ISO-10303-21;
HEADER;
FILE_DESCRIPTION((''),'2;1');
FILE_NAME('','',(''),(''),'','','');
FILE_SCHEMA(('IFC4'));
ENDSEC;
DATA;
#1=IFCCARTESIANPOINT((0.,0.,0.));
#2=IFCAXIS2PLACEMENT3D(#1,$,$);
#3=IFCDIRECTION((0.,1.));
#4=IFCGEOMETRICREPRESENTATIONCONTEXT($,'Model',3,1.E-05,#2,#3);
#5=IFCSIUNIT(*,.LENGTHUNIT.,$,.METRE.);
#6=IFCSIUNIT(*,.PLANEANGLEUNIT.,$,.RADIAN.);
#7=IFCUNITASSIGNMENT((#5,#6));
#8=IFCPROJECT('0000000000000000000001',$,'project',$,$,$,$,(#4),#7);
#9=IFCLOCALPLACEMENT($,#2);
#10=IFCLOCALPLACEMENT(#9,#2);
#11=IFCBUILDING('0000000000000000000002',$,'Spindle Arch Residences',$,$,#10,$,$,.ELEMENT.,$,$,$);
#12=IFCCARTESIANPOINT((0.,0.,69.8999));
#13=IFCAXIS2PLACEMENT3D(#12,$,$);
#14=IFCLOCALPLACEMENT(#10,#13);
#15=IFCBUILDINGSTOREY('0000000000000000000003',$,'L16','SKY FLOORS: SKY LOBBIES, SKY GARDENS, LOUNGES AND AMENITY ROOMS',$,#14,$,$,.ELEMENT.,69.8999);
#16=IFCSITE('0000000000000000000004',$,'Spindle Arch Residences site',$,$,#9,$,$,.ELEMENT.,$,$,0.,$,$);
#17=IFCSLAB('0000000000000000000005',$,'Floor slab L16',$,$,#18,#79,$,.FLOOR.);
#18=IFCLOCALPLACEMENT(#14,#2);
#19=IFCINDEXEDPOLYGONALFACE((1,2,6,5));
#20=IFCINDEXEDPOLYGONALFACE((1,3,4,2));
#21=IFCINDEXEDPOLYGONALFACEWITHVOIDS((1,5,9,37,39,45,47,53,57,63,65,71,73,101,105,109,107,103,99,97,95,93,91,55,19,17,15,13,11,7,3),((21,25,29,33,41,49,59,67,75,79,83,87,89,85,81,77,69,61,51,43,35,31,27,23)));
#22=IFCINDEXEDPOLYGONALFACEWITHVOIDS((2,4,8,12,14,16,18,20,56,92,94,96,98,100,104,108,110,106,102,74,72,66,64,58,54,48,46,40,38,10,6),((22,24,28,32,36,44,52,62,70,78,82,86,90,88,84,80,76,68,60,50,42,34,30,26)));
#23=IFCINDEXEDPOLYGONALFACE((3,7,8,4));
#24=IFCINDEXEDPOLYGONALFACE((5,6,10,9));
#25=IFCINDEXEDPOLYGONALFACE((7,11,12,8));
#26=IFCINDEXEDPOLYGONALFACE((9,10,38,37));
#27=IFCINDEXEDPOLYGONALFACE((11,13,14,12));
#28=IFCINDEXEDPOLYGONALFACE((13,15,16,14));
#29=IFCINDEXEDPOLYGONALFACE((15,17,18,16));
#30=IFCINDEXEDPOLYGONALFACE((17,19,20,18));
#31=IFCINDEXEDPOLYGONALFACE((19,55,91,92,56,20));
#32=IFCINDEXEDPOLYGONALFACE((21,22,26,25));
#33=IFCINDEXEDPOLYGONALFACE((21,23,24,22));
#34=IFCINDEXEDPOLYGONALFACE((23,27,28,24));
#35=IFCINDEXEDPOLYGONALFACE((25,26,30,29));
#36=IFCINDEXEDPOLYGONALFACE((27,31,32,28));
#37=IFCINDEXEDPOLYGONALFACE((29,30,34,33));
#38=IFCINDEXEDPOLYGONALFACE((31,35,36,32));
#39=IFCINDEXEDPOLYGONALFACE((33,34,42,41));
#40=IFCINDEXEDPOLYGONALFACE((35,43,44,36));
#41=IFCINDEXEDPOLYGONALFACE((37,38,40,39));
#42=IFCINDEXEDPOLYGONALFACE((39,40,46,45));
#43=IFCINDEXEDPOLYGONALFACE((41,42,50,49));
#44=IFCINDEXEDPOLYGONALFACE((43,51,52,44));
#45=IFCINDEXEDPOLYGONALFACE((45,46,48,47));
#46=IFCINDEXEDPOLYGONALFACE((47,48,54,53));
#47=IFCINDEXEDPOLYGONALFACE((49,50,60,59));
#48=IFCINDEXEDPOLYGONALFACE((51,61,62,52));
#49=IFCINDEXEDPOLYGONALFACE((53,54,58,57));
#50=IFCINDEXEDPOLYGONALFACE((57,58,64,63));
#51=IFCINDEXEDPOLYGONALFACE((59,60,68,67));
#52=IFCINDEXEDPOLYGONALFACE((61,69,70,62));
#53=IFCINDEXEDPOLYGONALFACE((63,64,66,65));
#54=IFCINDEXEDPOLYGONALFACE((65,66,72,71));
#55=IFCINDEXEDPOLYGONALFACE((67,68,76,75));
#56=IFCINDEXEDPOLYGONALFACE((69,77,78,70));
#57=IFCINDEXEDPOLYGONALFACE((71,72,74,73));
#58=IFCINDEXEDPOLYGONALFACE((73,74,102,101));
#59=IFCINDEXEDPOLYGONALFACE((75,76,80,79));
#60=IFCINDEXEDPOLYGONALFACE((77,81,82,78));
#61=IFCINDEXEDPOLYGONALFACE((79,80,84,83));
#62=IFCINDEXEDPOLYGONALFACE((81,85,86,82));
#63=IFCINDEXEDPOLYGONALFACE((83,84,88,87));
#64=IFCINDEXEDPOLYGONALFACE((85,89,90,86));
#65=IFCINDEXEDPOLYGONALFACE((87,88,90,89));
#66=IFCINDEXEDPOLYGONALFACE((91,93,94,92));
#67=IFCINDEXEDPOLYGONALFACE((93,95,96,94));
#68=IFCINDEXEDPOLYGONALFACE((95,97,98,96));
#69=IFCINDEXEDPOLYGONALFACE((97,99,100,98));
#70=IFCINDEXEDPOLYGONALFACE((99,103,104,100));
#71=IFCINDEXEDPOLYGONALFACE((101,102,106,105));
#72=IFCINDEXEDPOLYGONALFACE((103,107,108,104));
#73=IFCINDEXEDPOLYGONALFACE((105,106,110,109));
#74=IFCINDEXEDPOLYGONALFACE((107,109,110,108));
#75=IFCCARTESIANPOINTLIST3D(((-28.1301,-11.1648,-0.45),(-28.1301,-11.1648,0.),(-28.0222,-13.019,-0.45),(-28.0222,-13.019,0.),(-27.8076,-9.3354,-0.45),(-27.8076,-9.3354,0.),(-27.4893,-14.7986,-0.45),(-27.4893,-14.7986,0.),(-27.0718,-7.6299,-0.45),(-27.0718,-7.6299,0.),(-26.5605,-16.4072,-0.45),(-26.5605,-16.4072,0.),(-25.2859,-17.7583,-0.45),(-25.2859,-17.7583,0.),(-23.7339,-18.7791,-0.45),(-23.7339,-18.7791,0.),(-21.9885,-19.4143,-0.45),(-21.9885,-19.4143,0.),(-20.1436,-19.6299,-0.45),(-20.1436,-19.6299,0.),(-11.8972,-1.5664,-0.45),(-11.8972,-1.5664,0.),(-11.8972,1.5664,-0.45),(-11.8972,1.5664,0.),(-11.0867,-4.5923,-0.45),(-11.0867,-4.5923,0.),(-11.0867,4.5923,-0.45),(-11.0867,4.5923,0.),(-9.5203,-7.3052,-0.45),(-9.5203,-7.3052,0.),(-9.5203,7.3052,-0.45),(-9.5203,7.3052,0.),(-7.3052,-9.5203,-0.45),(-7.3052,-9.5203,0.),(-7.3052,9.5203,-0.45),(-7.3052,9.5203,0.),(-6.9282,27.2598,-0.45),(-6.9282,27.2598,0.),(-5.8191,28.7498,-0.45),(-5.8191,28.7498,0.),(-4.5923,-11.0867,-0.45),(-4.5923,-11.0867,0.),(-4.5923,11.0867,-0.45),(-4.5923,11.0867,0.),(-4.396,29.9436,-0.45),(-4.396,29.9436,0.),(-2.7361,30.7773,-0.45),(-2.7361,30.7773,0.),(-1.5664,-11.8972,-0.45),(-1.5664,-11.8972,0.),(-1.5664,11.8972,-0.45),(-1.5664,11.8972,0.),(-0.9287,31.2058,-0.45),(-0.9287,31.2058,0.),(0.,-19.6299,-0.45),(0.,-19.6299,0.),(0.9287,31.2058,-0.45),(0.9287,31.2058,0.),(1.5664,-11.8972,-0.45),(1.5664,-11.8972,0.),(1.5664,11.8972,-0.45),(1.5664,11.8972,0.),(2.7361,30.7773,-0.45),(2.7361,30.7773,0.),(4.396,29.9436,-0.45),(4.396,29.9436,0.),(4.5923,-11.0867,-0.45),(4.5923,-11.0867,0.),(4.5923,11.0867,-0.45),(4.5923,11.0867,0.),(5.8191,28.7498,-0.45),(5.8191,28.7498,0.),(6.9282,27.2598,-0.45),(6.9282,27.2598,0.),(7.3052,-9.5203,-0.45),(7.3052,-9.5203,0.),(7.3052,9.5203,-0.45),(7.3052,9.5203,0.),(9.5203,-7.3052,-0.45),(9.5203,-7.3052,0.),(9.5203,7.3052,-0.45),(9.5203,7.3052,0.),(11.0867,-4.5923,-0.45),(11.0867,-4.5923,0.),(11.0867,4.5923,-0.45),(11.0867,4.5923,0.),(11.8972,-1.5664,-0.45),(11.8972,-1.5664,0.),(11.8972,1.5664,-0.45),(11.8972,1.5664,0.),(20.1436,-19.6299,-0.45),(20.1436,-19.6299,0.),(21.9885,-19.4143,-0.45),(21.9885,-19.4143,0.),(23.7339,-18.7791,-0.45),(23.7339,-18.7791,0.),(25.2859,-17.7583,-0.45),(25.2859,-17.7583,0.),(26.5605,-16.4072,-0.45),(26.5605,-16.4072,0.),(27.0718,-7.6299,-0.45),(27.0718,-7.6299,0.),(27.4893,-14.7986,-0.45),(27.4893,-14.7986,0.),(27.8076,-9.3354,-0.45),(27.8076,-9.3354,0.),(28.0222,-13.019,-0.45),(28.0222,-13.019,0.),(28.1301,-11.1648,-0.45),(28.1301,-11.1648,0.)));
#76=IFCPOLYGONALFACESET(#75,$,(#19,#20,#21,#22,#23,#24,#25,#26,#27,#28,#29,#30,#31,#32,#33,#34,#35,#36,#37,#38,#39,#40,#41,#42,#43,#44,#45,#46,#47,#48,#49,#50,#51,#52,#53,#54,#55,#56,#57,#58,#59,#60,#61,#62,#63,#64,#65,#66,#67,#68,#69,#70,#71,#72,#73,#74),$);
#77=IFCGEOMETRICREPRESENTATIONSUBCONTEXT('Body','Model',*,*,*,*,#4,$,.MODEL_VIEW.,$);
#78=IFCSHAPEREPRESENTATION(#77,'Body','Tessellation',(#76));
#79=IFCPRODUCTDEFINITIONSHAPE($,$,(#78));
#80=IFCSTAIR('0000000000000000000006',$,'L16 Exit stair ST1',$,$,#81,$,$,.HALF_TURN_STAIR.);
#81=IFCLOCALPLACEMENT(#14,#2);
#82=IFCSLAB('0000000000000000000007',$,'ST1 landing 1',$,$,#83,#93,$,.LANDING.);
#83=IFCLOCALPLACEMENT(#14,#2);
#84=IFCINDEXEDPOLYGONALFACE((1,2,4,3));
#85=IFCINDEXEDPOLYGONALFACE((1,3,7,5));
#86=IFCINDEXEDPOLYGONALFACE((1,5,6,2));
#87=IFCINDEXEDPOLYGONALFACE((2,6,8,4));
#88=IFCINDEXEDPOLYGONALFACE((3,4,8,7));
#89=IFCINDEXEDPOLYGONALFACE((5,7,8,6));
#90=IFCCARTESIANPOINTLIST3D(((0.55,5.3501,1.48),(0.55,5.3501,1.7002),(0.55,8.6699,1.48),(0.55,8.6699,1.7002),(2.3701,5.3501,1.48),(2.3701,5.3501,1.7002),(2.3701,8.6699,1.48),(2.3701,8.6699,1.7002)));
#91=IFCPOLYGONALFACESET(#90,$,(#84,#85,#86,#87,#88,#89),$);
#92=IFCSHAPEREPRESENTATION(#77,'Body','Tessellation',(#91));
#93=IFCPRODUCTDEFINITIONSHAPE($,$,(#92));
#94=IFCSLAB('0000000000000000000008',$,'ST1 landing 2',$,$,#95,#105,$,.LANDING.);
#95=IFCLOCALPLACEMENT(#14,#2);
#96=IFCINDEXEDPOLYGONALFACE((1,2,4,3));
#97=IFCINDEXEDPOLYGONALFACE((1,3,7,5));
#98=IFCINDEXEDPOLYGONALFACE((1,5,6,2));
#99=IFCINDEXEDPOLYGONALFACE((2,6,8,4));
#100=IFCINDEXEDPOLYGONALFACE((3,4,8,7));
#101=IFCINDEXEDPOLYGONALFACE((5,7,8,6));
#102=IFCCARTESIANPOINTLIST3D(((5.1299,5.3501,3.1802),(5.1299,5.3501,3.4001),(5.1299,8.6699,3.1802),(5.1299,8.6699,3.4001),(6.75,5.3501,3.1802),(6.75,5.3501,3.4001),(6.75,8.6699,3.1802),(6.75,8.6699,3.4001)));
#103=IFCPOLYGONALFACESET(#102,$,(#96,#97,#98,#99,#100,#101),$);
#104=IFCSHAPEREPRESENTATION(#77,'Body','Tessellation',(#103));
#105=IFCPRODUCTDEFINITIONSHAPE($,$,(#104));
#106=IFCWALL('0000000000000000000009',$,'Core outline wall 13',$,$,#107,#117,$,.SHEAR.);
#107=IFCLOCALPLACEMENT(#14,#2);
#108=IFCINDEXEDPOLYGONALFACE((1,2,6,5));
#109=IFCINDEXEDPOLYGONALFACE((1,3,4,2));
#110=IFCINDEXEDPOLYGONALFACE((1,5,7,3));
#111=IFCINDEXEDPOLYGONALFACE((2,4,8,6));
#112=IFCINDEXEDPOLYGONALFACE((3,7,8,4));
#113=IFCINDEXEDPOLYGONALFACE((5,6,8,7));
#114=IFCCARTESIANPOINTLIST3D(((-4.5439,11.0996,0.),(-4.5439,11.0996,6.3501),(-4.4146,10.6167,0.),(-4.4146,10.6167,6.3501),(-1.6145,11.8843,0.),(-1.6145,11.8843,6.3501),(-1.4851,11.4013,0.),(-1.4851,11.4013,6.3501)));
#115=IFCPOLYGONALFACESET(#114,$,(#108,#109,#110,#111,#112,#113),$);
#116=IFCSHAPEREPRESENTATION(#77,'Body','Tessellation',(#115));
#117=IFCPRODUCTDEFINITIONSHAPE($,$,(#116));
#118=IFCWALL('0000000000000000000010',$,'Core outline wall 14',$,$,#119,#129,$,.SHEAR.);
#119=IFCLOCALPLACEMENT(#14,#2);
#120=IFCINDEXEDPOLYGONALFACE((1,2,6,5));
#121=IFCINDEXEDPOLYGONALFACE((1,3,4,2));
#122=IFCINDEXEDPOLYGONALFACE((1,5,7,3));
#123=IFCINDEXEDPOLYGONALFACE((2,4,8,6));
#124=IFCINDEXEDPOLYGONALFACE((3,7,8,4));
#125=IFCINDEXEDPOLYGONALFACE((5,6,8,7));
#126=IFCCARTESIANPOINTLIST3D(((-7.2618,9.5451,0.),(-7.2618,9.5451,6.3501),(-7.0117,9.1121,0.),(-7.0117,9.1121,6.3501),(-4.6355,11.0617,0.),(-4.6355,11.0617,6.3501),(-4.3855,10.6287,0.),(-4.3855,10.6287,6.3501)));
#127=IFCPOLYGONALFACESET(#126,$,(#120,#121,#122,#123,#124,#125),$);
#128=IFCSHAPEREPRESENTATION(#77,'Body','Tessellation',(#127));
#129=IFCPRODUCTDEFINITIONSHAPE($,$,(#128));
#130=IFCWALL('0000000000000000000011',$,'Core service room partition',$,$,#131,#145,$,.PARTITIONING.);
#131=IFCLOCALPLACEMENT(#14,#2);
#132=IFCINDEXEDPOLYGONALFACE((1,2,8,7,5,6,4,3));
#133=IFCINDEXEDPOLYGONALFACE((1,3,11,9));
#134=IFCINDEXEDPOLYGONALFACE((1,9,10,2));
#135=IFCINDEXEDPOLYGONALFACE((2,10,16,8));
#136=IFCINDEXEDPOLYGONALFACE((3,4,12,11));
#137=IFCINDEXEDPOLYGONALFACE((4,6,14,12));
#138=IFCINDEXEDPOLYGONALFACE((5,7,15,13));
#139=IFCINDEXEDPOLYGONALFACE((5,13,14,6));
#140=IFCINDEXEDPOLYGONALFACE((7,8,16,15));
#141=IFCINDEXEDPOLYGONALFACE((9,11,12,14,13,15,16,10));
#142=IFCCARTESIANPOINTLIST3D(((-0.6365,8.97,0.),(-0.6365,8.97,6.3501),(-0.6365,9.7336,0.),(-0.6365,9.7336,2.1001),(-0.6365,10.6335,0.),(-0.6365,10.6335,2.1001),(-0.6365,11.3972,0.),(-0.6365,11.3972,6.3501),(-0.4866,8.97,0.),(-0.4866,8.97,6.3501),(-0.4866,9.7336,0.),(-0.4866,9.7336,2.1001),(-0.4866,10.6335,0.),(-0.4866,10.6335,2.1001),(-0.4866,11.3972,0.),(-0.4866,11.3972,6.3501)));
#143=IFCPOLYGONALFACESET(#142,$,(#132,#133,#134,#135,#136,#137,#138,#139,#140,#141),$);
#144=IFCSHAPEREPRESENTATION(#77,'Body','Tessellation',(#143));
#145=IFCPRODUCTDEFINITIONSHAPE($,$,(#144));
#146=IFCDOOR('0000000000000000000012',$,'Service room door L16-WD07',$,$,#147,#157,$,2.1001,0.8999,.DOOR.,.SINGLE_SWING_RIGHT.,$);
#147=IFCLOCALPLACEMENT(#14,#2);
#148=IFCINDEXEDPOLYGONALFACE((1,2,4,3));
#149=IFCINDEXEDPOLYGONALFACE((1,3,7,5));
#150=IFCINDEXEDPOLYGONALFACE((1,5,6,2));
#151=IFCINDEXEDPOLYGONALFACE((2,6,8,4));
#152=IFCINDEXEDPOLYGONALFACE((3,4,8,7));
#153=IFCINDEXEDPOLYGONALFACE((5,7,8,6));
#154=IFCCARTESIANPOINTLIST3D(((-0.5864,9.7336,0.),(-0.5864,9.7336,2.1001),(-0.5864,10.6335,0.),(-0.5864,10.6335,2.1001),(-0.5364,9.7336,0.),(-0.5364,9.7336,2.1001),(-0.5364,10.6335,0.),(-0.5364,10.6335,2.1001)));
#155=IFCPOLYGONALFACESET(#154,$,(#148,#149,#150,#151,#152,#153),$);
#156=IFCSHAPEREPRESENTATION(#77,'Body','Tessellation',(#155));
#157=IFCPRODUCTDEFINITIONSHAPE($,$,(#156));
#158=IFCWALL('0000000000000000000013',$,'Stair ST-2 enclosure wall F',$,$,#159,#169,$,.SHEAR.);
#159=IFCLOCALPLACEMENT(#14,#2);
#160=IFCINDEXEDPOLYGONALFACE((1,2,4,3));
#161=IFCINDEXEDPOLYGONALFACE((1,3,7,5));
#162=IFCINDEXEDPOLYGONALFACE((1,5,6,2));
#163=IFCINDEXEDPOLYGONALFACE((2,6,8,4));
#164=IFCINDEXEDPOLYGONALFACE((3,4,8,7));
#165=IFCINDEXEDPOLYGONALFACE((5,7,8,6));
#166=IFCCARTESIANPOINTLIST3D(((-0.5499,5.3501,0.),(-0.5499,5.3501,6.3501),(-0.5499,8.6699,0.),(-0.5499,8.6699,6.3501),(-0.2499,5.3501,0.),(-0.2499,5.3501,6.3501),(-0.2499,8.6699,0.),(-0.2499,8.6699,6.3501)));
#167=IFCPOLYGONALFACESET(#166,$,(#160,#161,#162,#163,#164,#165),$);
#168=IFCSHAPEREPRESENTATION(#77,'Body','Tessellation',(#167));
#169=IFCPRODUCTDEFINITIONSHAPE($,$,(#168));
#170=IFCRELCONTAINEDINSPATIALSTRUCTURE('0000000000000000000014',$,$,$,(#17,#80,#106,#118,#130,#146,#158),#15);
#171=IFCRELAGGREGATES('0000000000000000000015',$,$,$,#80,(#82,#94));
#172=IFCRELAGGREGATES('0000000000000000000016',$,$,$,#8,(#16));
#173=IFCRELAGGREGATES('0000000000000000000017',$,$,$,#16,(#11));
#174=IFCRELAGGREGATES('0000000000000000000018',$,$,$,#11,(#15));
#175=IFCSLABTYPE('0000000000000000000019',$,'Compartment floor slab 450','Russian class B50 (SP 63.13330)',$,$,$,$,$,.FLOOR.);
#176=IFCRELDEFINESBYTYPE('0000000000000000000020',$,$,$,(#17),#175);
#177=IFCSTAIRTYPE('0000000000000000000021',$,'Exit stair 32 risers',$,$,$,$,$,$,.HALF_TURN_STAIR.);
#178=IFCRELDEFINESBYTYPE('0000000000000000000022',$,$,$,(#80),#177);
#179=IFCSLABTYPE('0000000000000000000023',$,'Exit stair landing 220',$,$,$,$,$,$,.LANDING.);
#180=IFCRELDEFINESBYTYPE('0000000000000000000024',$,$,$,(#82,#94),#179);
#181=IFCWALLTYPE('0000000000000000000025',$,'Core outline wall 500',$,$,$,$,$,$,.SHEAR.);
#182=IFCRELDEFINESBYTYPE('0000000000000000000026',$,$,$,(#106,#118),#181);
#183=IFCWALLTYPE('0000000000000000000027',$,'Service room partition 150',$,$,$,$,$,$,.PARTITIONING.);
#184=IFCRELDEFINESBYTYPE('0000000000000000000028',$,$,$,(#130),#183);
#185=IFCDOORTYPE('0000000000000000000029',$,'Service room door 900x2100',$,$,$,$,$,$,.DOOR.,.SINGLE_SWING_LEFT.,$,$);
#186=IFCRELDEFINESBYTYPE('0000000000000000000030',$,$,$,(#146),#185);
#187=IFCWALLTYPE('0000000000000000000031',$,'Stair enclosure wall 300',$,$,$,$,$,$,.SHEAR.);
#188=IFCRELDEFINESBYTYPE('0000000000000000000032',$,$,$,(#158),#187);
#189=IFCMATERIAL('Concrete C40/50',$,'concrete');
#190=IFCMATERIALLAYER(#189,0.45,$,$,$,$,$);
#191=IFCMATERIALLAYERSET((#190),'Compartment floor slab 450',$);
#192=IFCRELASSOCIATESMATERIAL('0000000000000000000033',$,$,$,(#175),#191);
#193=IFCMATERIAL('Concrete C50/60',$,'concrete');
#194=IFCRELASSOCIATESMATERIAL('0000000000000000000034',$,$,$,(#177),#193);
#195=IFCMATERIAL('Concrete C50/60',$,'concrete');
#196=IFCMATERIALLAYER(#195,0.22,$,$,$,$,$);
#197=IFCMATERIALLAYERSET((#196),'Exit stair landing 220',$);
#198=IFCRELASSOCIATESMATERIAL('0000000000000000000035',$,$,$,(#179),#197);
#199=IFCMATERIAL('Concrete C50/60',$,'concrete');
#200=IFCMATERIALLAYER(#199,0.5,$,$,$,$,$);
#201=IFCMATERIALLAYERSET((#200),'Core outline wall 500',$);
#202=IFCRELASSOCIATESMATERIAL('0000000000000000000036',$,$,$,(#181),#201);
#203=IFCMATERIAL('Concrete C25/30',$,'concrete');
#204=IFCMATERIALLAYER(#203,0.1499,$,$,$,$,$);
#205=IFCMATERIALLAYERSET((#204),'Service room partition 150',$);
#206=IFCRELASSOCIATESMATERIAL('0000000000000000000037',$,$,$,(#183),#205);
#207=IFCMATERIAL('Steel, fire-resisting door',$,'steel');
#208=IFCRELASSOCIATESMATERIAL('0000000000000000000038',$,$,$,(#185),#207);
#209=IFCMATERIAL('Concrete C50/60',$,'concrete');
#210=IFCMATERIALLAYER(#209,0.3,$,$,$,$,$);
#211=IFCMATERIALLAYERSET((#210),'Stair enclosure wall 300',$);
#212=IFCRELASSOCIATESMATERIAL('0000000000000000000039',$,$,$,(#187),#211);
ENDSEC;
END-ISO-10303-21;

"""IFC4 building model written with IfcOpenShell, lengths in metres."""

from ifc_helpers import new_model, si_unit, direction, frame, frame_2d, origin, place, context, subcontext, project, spatial, polyline, rectangle, outline, extrude, material, layer, layer_set, type_object, element, fill, aggregate, save


model = new_model("IFC4")

# Units and contexts
model_context = context("Model", 3, precision=1e-05, world=origin(), true_north=direction((0.0, 1.0)))
body_context = subcontext(model_context, "Body", "Model", "MODEL_VIEW")
ifc_project = project(units=[si_unit("LENGTHUNIT", "METRE"), si_unit("PLANEANGLEUNIT", "RADIAN")], contexts=[model_context])

# Site, building, storey
site_placement = place(None, origin())
site = spatial("IfcSite", under=ifc_project, at=site_placement, Name="Spindle Arch Residences site", CompositionType="ELEMENT", RefElevation=0.0)
building_placement = place(site_placement, origin())
building = spatial("IfcBuilding", under=site, at=building_placement, Name="Spindle Arch Residences", CompositionType="ELEMENT")
storey_placement = place(building_placement, frame((0.0, 0.0, 69.8999)))
storey = spatial("IfcBuildingStorey", under=building, at=storey_placement, Name="L16", Description="SKY FLOORS: SKY LOBBIES, SKY GARDENS, LOUNGES AND AMENITY ROOMS", CompositionType="ELEMENT", Elevation=69.8999)

# Slab
ifc_material_1 = material(Name="Concrete C40/50", Category="concrete")
ifc_layer_1 = layer(ifc_material_1, 0.45)
ifc_layer_set_1 = layer_set([ifc_layer_1], Name="Compartment floor slab 450")
slab_type_1 = type_object("IfcSlabType", Name="Compartment floor slab 450", Description="Russian class B50 (SP 63.13330)", PredefinedType="FLOOR", material=ifc_layer_set_1)
slab_1_placement = place(storey_placement, frame((0.0, 0.0, -0.45)))
element("IfcSlab", 1, at=slab_1_placement, inside=storey, type_object=slab_type_1, Name="Floor slab L16", PredefinedType="FLOOR", context=body_context, shape_type="SweptSolid", body=[
    extrude(outline(polyline([(-20.1436, -19.6299), (-21.9885, -19.4143), (-23.7339, -18.7791), (-25.2859, -17.7583), (-26.5605, -16.4072), (-27.4893, -14.7986), (-28.0222, -13.019), (-28.1301, -11.1648), (-27.8076, -9.3354), (-27.0718, -7.6299), (-6.9282, 27.2598), (-5.8191, 28.7498), (-4.396, 29.9436), (-2.7361, 30.7773), (-0.9287, 31.2058), (0.9287, 31.2058), (2.7361, 30.7773), (4.396, 29.9436), (5.8191, 28.7498), (6.9282, 27.2598), (27.0718, -7.6299), (27.8076, -9.3354), (28.1301, -11.1648), (28.0222, -13.019), (27.4893, -14.7986), (26.5605, -16.4072), (25.2859, -17.7583), (23.7339, -18.7791), (21.9885, -19.4143), (20.1436, -19.6299), (0.0, -19.6299), (-20.1436, -19.6299)]), holes=[polyline([(4.5923, -11.0867), (7.3052, -9.5203), (9.5203, -7.3052), (11.0867, -4.5923), (11.8972, -1.5664), (11.8972, 1.5664), (11.0867, 4.5923), (9.5203, 7.3052), (7.3052, 9.5203), (4.5923, 11.0867), (1.5664, 11.8972), (-1.5664, 11.8972), (-4.5923, 11.0867), (-7.3052, 9.5203), (-9.5203, 7.3052), (-11.0867, 4.5923), (-11.8972, 1.5664), (-11.8972, -1.5664), (-11.0867, -4.5923), (-9.5203, -7.3052), (-7.3052, -9.5203), (-4.5923, -11.0867), (-1.5664, -11.8972), (1.5664, -11.8972), (4.5923, -11.0867)])]), origin(), (0.0, 0.0, 1.0), 0.45),
])

# Stair, slabs
ifc_material_2 = material(Name="Concrete C50/60", Category="concrete")
stair_type = type_object("IfcStairType", Name="Exit stair 32 risers", PredefinedType="HALF_TURN_STAIR", material=ifc_material_2)
stair_1_placement = place(storey_placement, origin())
stair_1 = element("IfcStair", 2, at=stair_1_placement, inside=storey, type_object=stair_type, Name="L16 Exit stair ST1", PredefinedType="HALF_TURN_STAIR")
ifc_material_3 = material(Name="Concrete C50/60", Category="concrete")
ifc_layer_2 = layer(ifc_material_3, 0.22)
ifc_layer_set_2 = layer_set([ifc_layer_2], Name="Exit stair landing 220")
slab_type_2 = type_object("IfcSlabType", Name="Exit stair landing 220", PredefinedType="LANDING", material=ifc_layer_set_2)
slab_2_placement = place(storey_placement, frame((0.0, 0.0, 1.48)))
slab_2 = element("IfcSlab", 3, at=slab_2_placement, type_object=slab_type_2, Name="ST1 landing 1", PredefinedType="LANDING", context=body_context, shape_type="SweptSolid", body=[
    extrude(outline(polyline([(2.3701, 8.6699), (0.55, 8.6699), (0.55, 5.3501), (2.3701, 5.3501), (2.3701, 8.6699)])), origin(), (0.0, 0.0, 1.0), 0.2202),
])
slab_3_placement = place(storey_placement, frame((0.0, 0.0, 3.1802)))
slab_3 = element("IfcSlab", 4, at=slab_3_placement, type_object=slab_type_2, Name="ST1 landing 2", PredefinedType="LANDING", context=body_context, shape_type="SweptSolid", body=[
    extrude(outline(polyline([(6.75, 8.6699), (5.1299, 8.6699), (5.1299, 5.3501), (6.75, 5.3501), (6.75, 8.6699)])), origin(), (0.0, 0.0, 1.0), 0.22),
])
aggregate(stair_1, [slab_2, slab_3])

# Walls
ifc_material_4 = material(Name="Concrete C50/60", Category="concrete")
ifc_layer_3 = layer(ifc_material_4, 0.5)
ifc_layer_set_3 = layer_set([ifc_layer_3], Name="Core outline wall 500")
wall_type_1 = type_object("IfcWallType", Name="Core outline wall 500", PredefinedType="SHEAR", material=ifc_layer_set_3)
for number, where, z_axis, x_axis, name in (
    (5, (-1.5498, 11.6428, 0.0), (0.0, 0.0, 1.0), (-0.965948, -0.258735, 0.0), "Core outline wall 13"),
    (6, (-4.5105, 10.8452, 0.0), (0.0, 0.0, 1.0), (-0.865975, -0.500087, 0.0), "Core outline wall 14"),
):
    element("IfcWall", number, at=place(storey_placement, frame(where, z_axis=z_axis, x_axis=x_axis)), inside=storey, type_object=wall_type_1, Name=name, PredefinedType="SHEAR", context=body_context, shape_type="SweptSolid", body=[
        extrude(rectangle(XDim=3.0327, YDim=0.5, at=frame_2d((1.5164, 0.0))), origin(), (0.0, 0.0, 1.0), 6.3501),
    ])

# Wall, opening, door
ifc_material_5 = material(Name="Concrete C25/30", Category="concrete")
ifc_layer_4 = layer(ifc_material_5, 0.1499)
ifc_layer_set_4 = layer_set([ifc_layer_4], Name="Service room partition 150")
wall_type_2 = type_object("IfcWallType", Name="Service room partition 150", PredefinedType="PARTITIONING", material=ifc_layer_set_4)
wall_1_placement = place(storey_placement, frame((-0.5615, 8.97, 0.0), z_axis=(0.0, 0.0, 1.0), x_axis=(0.0, 1.0, 0.0)))
wall_1 = element("IfcWall", 7, at=wall_1_placement, inside=storey, type_object=wall_type_2, Name="Core service room partition", PredefinedType="PARTITIONING", context=body_context, shape_type="SweptSolid", body=[
    extrude(rectangle(XDim=2.4272, YDim=0.1499, at=frame_2d((1.2136, 0.0))), origin(), (0.0, 0.0, 1.0), 6.3501),
])
opening_placement = place(wall_1_placement, frame((0.7637, 0.0, 0.0)))
opening = element("IfcOpeningElement", 8, at=opening_placement, cuts=wall_1, PredefinedType="OPENING", context=body_context, shape_type="SweptSolid", body=[
    extrude(rectangle(XDim=0.8999, YDim=2.1001, at=frame_2d((0.45, 1.05))), frame((0.0, 0.085, 0.0), z_axis=(0.0, -1.0, 0.0), x_axis=(1.0, 0.0, 0.0)), (0.0, 0.0, 1.0), 0.1699),
])
ifc_material_6 = material(Name="Steel, fire-resisting door", Category="steel")
door_type = type_object("IfcDoorType", Name="Service room door 900x2100", OperationType="SINGLE_SWING_LEFT", PredefinedType="DOOR", material=ifc_material_6)
door_placement = place(opening_placement, origin())
door = element("IfcDoor", 9, at=door_placement, inside=storey, type_object=door_type, Name="Service room door L16-WD07", OperationType="SINGLE_SWING_RIGHT", OverallHeight=2.1001, OverallWidth=0.8999, PredefinedType="DOOR", context=body_context, shape_type="SweptSolid", body=[
    extrude(rectangle(XDim=0.8999, YDim=2.1001, at=frame_2d((0.45, 1.05))), frame((0.0, 0.0249, 0.0), z_axis=(0.0, -1.0, 0.0), x_axis=(1.0, 0.0, 0.0)), (0.0, 0.0, 1.0), 0.05),
])
fill(opening, door)

# Wall
ifc_material_7 = material(Name="Concrete C50/60", Category="concrete")
ifc_layer_5 = layer(ifc_material_7, 0.3)
ifc_layer_set_5 = layer_set([ifc_layer_5], Name="Stair enclosure wall 300")
wall_type_3 = type_object("IfcWallType", Name="Stair enclosure wall 300", PredefinedType="SHEAR", material=ifc_layer_set_5)
wall_2_placement = place(storey_placement, frame((-0.3999, 5.3501, 0.0), z_axis=(0.0, 0.0, 1.0), x_axis=(0.0, 1.0, 0.0)))
element("IfcWall", 10, at=wall_2_placement, inside=storey, type_object=wall_type_3, Name="Stair ST-2 enclosure wall F", PredefinedType="SHEAR", context=body_context, shape_type="SweptSolid", body=[
    extrude(rectangle(XDim=3.3198, YDim=0.3, at=frame_2d((1.6599, 0.0))), origin(), (0.0, 0.0, 1.0), 6.3501),
])

save(model, "model.ifc")
